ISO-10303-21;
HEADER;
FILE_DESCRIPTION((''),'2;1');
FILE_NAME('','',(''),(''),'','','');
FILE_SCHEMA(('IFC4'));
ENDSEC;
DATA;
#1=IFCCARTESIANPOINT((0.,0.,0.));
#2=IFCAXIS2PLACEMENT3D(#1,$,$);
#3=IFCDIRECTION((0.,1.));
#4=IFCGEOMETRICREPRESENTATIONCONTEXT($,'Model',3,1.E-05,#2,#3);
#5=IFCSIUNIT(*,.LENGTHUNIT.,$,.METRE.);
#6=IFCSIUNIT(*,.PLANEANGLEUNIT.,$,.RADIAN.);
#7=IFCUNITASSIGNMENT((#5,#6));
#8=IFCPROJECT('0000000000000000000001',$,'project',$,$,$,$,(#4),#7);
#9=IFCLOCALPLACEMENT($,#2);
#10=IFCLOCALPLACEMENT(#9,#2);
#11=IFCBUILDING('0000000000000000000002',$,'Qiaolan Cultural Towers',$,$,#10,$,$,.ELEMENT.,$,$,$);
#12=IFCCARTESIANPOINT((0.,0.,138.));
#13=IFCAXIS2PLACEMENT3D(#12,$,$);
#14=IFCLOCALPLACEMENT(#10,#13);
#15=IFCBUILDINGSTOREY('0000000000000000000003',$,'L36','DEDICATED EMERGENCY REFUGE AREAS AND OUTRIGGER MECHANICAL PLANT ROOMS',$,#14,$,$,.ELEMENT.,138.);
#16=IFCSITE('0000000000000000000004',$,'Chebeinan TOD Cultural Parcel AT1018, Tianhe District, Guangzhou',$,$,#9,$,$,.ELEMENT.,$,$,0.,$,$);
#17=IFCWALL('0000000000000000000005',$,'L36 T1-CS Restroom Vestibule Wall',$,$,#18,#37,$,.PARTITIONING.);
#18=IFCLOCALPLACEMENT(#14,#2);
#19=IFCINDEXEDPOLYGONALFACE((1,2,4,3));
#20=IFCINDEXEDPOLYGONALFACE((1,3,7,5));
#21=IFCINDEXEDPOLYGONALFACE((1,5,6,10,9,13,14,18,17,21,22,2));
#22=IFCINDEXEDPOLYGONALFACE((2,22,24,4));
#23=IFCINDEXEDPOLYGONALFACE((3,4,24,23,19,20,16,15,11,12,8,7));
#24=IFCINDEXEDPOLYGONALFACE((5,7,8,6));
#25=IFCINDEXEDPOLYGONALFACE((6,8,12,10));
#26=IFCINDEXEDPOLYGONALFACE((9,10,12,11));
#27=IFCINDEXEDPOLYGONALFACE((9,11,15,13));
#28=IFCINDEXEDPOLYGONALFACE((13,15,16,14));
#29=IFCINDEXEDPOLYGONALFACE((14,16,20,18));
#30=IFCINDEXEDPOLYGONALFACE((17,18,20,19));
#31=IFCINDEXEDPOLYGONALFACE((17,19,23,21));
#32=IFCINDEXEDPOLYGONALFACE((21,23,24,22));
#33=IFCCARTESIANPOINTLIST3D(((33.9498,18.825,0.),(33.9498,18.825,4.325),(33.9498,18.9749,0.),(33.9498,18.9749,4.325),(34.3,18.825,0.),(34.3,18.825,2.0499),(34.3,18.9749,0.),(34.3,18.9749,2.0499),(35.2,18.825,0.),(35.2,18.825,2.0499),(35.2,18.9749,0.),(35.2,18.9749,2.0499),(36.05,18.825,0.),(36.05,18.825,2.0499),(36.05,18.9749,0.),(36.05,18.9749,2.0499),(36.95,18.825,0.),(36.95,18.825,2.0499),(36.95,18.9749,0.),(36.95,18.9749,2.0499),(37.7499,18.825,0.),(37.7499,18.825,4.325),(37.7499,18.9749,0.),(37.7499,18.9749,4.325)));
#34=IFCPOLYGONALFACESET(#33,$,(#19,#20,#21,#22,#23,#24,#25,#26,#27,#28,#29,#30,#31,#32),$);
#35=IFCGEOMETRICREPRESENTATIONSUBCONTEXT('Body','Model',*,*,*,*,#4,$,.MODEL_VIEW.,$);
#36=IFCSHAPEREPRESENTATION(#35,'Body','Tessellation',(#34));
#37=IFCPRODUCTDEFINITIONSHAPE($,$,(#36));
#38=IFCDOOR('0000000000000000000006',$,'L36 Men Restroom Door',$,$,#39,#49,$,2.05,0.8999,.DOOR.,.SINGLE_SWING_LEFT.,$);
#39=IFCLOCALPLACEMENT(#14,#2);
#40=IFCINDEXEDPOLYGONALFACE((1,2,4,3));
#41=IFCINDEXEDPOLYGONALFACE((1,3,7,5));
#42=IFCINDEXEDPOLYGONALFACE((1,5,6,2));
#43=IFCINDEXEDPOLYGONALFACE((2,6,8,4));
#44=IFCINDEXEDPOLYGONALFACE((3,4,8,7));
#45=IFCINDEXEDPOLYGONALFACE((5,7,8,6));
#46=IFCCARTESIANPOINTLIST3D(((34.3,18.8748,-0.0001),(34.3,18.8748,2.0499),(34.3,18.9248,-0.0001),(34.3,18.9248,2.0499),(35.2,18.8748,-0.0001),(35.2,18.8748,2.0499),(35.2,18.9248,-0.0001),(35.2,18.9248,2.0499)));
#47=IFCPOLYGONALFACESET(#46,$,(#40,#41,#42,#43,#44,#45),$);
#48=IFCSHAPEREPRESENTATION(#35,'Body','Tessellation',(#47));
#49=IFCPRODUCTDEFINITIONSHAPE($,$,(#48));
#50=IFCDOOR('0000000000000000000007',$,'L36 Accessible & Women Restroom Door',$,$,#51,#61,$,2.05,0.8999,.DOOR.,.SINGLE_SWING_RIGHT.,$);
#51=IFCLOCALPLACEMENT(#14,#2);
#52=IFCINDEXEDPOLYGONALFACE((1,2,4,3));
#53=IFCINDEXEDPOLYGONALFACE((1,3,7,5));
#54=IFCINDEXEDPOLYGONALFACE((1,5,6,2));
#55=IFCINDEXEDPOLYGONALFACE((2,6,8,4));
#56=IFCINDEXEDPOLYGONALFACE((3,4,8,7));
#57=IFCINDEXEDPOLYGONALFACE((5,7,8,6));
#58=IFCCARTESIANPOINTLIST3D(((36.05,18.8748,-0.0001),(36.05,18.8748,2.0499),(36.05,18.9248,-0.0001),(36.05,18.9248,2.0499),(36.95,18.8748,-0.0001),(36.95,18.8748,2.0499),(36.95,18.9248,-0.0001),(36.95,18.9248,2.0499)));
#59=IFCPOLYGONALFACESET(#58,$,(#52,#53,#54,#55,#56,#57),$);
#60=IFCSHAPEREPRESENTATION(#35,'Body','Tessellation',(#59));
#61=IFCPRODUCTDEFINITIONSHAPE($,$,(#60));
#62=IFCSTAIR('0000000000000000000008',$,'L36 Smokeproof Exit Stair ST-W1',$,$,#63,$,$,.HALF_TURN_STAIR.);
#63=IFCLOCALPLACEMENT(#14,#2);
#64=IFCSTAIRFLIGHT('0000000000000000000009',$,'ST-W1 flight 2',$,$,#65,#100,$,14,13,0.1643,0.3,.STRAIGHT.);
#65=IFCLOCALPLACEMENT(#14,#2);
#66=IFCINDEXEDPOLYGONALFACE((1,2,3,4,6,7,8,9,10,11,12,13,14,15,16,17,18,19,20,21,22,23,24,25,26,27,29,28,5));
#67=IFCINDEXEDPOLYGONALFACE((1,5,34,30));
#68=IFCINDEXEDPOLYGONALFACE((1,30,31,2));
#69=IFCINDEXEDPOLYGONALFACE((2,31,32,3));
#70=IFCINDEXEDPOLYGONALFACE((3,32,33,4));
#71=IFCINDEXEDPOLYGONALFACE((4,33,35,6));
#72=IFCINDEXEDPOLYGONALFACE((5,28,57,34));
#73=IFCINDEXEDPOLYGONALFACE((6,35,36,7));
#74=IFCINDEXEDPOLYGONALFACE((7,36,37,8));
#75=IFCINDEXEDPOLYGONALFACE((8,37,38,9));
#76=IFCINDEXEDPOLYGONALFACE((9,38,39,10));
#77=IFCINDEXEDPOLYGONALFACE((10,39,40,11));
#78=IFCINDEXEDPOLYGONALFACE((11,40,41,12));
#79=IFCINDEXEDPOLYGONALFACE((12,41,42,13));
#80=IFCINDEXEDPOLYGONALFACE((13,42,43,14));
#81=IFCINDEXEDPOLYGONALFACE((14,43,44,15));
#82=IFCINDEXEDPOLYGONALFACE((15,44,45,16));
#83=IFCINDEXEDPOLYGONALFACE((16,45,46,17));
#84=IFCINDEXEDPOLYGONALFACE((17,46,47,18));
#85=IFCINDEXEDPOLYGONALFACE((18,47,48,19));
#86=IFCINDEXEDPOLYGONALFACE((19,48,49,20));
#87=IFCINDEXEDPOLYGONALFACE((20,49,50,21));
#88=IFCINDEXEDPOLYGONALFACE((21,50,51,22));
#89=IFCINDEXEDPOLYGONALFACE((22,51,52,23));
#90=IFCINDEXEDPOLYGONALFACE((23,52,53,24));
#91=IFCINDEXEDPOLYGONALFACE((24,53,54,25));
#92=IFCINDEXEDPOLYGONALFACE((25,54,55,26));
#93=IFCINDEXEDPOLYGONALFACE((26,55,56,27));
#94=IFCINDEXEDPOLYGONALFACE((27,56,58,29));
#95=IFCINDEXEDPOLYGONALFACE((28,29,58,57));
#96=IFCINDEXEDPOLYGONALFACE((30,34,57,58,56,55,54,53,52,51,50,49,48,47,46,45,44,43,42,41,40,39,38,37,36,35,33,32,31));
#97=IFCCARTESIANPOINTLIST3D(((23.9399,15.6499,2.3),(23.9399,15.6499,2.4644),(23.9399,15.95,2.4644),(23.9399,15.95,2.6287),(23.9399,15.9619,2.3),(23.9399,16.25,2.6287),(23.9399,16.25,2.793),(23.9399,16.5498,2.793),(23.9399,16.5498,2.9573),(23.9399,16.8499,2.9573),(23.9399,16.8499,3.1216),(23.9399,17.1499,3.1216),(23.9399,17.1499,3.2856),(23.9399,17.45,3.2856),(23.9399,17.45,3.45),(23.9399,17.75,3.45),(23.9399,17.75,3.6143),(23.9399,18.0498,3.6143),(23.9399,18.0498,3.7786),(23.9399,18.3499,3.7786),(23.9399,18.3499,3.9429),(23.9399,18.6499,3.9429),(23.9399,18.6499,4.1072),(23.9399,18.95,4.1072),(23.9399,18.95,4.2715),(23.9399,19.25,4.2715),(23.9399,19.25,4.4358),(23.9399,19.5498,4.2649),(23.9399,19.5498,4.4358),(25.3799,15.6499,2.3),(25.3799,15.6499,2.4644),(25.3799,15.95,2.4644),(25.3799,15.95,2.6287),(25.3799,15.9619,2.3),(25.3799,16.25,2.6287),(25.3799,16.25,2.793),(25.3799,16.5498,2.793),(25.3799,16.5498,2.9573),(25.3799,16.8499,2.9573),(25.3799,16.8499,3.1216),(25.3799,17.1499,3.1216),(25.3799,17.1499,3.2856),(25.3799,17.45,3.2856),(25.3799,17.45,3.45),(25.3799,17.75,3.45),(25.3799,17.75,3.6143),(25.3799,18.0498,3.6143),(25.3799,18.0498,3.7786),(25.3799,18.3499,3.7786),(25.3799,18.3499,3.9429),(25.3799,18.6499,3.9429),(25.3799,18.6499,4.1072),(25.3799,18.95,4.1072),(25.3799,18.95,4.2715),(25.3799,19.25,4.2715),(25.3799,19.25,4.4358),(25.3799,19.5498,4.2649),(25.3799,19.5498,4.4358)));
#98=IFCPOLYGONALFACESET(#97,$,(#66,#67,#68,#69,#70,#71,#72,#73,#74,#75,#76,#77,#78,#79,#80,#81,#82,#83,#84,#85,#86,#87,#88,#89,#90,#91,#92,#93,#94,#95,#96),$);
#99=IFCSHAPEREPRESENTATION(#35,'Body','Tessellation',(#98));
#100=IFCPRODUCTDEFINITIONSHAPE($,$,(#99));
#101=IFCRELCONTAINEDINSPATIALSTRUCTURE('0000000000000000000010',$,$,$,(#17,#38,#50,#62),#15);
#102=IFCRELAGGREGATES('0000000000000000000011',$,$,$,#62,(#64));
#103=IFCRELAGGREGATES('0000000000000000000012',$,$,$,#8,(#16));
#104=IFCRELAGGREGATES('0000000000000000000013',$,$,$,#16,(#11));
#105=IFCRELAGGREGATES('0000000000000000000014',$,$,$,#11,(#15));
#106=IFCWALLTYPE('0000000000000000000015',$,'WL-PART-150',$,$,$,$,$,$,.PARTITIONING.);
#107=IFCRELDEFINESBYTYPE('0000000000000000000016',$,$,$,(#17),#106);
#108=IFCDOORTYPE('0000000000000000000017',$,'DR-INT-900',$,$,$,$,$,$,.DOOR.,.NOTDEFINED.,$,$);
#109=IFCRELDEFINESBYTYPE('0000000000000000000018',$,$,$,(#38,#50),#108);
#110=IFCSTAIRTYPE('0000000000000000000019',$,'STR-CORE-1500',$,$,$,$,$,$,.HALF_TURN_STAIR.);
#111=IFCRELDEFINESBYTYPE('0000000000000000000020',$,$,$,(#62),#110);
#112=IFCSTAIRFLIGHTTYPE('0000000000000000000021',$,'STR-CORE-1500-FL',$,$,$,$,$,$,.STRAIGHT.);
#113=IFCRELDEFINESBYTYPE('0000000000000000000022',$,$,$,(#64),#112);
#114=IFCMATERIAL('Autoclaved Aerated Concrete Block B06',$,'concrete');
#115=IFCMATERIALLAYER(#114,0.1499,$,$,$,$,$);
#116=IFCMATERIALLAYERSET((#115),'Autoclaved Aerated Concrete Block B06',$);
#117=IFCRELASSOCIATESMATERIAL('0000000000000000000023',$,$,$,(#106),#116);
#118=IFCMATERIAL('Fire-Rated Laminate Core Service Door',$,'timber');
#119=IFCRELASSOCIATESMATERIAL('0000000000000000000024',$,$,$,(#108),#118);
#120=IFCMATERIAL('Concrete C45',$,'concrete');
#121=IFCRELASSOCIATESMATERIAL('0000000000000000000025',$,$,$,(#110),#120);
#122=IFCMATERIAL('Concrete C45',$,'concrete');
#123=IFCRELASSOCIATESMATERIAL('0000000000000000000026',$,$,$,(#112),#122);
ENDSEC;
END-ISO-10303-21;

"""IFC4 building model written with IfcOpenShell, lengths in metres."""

from ifc_helpers import new_model, si_unit, direction, frame, frame_2d, origin, place, context, subcontext, project, spatial, polyline, rectangle, outline, extrude, material, layer, layer_set, type_object, element, fill, aggregate, save


model = new_model("IFC4")

# Units and contexts
model_context = context("Model", 3, precision=1e-05, world=origin(), true_north=direction((0.0, 1.0)))
body_context = subcontext(model_context, "Body", "Model", "MODEL_VIEW")
ifc_project = project(units=[si_unit("LENGTHUNIT", "METRE"), si_unit("PLANEANGLEUNIT", "RADIAN")], contexts=[model_context])

# Site, building, storey
site_placement = place(None, origin())
site = spatial("IfcSite", under=ifc_project, at=site_placement, Name="Chebeinan TOD Cultural Parcel AT1018, Tianhe District, Guangzhou", CompositionType="ELEMENT", RefElevation=0.0)
building_placement = place(site_placement, origin())
building = spatial("IfcBuilding", under=site, at=building_placement, Name="Qiaolan Cultural Towers", CompositionType="ELEMENT")
storey_placement = place(building_placement, frame((0.0, 0.0, 138.0)))
storey = spatial("IfcBuildingStorey", under=building, at=storey_placement, Name="L36", Description="DEDICATED EMERGENCY REFUGE AREAS AND OUTRIGGER MECHANICAL PLANT ROOMS", CompositionType="ELEMENT", Elevation=138.0)

# Wall, openings, doors
ifc_material_1 = material(Name="Autoclaved Aerated Concrete Block B06", Category="concrete")
ifc_layer_1 = layer(ifc_material_1, 0.1499)
ifc_layer_set_1 = layer_set([ifc_layer_1], Name="Autoclaved Aerated Concrete Block B06")
wall_type_1 = type_object("IfcWallType", Name="WL-PART-150", PredefinedType="PARTITIONING", material=ifc_layer_set_1)
wall_1_placement = place(storey_placement, frame((33.95, 18.8999, 0.0), z_axis=(0.0, 0.0, 1.0), x_axis=(1.0, 0.0, 0.0)))
wall_1 = element("IfcWall", 1, at=wall_1_placement, inside=storey, type_object=wall_type_1, Name="L36 T1-CS Restroom Vestibule Wall", PredefinedType="PARTITIONING", context=body_context, shape_type="SweptSolid", body=[
    extrude(rectangle(XDim=3.8, YDim=0.1499, at=frame_2d((1.8999, 0.0))), origin(), (0.0, 0.0, 1.0), 4.325),
])
opening_1_placement = place(wall_1_placement, frame((0.3501, 0.0, 0.0)))
opening_1 = element("IfcOpeningElement", 2, at=opening_1_placement, cuts=wall_1, PredefinedType="OPENING", context=body_context, shape_type="SweptSolid", body=[
    extrude(rectangle(XDim=0.8999, YDim=2.05, at=frame_2d((0.45, 1.0249))), frame((0.0, 0.085, 0.0), z_axis=(0.0, -1.0, 0.0), x_axis=(1.0, 0.0, 0.0)), (0.0, 0.0, 1.0), 0.1699),
])
opening_2_placement = place(wall_1_placement, frame((2.1001, 0.0, 0.0)))
opening_2 = element("IfcOpeningElement", 3, at=opening_2_placement, cuts=wall_1, PredefinedType="OPENING", context=body_context, shape_type="SweptSolid", body=[
    extrude(rectangle(XDim=0.8999, YDim=2.05, at=frame_2d((0.45, 1.0249))), frame((0.0, 0.085, 0.0), z_axis=(0.0, -1.0, 0.0), x_axis=(1.0, 0.0, 0.0)), (0.0, 0.0, 1.0), 0.1699),
])
ifc_material_2 = material(Name="Fire-Rated Laminate Core Service Door", Category="timber")
door_type_1 = type_object("IfcDoorType", Name="DR-INT-900", OperationType="NOTDEFINED", PredefinedType="DOOR", material=ifc_material_2)
door_1_placement = place(opening_1_placement, origin())
door_1 = element("IfcDoor", 4, at=door_1_placement, inside=storey, type_object=door_type_1, Name="L36 Men Restroom Door", OperationType="SINGLE_SWING_LEFT", OverallHeight=2.05, OverallWidth=0.8999, PredefinedType="DOOR", context=body_context, shape_type="SweptSolid", body=[
    extrude(rectangle(XDim=0.8999, YDim=2.05, at=frame_2d((0.45, 1.0249))), frame((0.0, 0.0249, 0.0), z_axis=(0.0, -1.0, 0.0), x_axis=(1.0, 0.0, 0.0)), (0.0, 0.0, 1.0), 0.05),
])
fill(opening_1, door_1)
door_2_placement = place(opening_2_placement, origin())
door_2 = element("IfcDoor", 5, at=door_2_placement, inside=storey, type_object=door_type_1, Name="L36 Accessible & Women Restroom Door", OperationType="SINGLE_SWING_RIGHT", OverallHeight=2.05, OverallWidth=0.8999, PredefinedType="DOOR", context=body_context, shape_type="SweptSolid", body=[
    extrude(rectangle(XDim=0.8999, YDim=2.05, at=frame_2d((0.45, 1.0249))), frame((0.0, 0.0249, 0.0), z_axis=(0.0, -1.0, 0.0), x_axis=(1.0, 0.0, 0.0)), (0.0, 0.0, 1.0), 0.05),
])
fill(opening_2, door_2)

# Stair, stair flight
ifc_material_3 = material(Name="Concrete C45", Category="concrete")
stair_type = type_object("IfcStairType", Name="STR-CORE-1500", PredefinedType="HALF_TURN_STAIR", material=ifc_material_3)
stair_placement = place(storey_placement, origin())
stair = element("IfcStair", 6, at=stair_placement, inside=storey, type_object=stair_type, Name="L36 Smokeproof Exit Stair ST-W1", PredefinedType="HALF_TURN_STAIR")
ifc_material_4 = material(Name="Concrete C45", Category="concrete")
stair_flight_type = type_object("IfcStairFlightType", Name="STR-CORE-1500-FL", PredefinedType="STRAIGHT", material=ifc_material_4)
stair_flight_placement = place(storey_placement, frame((24.6599, 15.6499, 2.3), z_axis=(0.0, 0.0, 1.0), x_axis=(0.0, 1.0, 0.0)))
stair_flight = element("IfcStairFlight", 7, at=stair_flight_placement, type_object=stair_flight_type, Name="ST-W1 flight 2", NumberOfRisers=14, NumberOfTreads=13, PredefinedType="STRAIGHT", RiserHeight=0.1643, TreadLength=0.3, context=body_context, shape_type="SweptSolid", body=[
    extrude(outline(polyline([(0.0, 0.0), (0.0, 0.1643), (0.3, 0.1643), (0.3, 0.3286), (0.6001, 0.3286), (0.6001, 0.4929), (0.8999, 0.4929), (0.8999, 0.6572), (1.2, 0.6572), (1.2, 0.8215), (1.5, 0.8215), (1.5, 0.9856), (1.8, 0.9856), (1.8, 1.1499), (2.1001, 1.1499), (2.1001, 1.3142), (2.3999, 1.3142), (2.3999, 1.4785), (2.7, 1.4785), (2.7, 1.6428), (3.0, 1.6428), (3.0, 1.8071), (3.3, 1.8071), (3.3, 1.9714), (3.6001, 1.9714), (3.6001, 2.1357), (3.8999, 2.1357), (3.8999, 2.3), (3.8999, 1.9648), (0.312, 0.0), (0.0, 0.0)])), frame((0.0, 0.72, 0.0), z_axis=(0.0, -1.0, 0.0), x_axis=(1.0, 0.0, 0.0)), (0.0, 0.0, 1.0), 1.4399),
])
aggregate(stair, [stair_flight])

save(model, "model.ifc")
